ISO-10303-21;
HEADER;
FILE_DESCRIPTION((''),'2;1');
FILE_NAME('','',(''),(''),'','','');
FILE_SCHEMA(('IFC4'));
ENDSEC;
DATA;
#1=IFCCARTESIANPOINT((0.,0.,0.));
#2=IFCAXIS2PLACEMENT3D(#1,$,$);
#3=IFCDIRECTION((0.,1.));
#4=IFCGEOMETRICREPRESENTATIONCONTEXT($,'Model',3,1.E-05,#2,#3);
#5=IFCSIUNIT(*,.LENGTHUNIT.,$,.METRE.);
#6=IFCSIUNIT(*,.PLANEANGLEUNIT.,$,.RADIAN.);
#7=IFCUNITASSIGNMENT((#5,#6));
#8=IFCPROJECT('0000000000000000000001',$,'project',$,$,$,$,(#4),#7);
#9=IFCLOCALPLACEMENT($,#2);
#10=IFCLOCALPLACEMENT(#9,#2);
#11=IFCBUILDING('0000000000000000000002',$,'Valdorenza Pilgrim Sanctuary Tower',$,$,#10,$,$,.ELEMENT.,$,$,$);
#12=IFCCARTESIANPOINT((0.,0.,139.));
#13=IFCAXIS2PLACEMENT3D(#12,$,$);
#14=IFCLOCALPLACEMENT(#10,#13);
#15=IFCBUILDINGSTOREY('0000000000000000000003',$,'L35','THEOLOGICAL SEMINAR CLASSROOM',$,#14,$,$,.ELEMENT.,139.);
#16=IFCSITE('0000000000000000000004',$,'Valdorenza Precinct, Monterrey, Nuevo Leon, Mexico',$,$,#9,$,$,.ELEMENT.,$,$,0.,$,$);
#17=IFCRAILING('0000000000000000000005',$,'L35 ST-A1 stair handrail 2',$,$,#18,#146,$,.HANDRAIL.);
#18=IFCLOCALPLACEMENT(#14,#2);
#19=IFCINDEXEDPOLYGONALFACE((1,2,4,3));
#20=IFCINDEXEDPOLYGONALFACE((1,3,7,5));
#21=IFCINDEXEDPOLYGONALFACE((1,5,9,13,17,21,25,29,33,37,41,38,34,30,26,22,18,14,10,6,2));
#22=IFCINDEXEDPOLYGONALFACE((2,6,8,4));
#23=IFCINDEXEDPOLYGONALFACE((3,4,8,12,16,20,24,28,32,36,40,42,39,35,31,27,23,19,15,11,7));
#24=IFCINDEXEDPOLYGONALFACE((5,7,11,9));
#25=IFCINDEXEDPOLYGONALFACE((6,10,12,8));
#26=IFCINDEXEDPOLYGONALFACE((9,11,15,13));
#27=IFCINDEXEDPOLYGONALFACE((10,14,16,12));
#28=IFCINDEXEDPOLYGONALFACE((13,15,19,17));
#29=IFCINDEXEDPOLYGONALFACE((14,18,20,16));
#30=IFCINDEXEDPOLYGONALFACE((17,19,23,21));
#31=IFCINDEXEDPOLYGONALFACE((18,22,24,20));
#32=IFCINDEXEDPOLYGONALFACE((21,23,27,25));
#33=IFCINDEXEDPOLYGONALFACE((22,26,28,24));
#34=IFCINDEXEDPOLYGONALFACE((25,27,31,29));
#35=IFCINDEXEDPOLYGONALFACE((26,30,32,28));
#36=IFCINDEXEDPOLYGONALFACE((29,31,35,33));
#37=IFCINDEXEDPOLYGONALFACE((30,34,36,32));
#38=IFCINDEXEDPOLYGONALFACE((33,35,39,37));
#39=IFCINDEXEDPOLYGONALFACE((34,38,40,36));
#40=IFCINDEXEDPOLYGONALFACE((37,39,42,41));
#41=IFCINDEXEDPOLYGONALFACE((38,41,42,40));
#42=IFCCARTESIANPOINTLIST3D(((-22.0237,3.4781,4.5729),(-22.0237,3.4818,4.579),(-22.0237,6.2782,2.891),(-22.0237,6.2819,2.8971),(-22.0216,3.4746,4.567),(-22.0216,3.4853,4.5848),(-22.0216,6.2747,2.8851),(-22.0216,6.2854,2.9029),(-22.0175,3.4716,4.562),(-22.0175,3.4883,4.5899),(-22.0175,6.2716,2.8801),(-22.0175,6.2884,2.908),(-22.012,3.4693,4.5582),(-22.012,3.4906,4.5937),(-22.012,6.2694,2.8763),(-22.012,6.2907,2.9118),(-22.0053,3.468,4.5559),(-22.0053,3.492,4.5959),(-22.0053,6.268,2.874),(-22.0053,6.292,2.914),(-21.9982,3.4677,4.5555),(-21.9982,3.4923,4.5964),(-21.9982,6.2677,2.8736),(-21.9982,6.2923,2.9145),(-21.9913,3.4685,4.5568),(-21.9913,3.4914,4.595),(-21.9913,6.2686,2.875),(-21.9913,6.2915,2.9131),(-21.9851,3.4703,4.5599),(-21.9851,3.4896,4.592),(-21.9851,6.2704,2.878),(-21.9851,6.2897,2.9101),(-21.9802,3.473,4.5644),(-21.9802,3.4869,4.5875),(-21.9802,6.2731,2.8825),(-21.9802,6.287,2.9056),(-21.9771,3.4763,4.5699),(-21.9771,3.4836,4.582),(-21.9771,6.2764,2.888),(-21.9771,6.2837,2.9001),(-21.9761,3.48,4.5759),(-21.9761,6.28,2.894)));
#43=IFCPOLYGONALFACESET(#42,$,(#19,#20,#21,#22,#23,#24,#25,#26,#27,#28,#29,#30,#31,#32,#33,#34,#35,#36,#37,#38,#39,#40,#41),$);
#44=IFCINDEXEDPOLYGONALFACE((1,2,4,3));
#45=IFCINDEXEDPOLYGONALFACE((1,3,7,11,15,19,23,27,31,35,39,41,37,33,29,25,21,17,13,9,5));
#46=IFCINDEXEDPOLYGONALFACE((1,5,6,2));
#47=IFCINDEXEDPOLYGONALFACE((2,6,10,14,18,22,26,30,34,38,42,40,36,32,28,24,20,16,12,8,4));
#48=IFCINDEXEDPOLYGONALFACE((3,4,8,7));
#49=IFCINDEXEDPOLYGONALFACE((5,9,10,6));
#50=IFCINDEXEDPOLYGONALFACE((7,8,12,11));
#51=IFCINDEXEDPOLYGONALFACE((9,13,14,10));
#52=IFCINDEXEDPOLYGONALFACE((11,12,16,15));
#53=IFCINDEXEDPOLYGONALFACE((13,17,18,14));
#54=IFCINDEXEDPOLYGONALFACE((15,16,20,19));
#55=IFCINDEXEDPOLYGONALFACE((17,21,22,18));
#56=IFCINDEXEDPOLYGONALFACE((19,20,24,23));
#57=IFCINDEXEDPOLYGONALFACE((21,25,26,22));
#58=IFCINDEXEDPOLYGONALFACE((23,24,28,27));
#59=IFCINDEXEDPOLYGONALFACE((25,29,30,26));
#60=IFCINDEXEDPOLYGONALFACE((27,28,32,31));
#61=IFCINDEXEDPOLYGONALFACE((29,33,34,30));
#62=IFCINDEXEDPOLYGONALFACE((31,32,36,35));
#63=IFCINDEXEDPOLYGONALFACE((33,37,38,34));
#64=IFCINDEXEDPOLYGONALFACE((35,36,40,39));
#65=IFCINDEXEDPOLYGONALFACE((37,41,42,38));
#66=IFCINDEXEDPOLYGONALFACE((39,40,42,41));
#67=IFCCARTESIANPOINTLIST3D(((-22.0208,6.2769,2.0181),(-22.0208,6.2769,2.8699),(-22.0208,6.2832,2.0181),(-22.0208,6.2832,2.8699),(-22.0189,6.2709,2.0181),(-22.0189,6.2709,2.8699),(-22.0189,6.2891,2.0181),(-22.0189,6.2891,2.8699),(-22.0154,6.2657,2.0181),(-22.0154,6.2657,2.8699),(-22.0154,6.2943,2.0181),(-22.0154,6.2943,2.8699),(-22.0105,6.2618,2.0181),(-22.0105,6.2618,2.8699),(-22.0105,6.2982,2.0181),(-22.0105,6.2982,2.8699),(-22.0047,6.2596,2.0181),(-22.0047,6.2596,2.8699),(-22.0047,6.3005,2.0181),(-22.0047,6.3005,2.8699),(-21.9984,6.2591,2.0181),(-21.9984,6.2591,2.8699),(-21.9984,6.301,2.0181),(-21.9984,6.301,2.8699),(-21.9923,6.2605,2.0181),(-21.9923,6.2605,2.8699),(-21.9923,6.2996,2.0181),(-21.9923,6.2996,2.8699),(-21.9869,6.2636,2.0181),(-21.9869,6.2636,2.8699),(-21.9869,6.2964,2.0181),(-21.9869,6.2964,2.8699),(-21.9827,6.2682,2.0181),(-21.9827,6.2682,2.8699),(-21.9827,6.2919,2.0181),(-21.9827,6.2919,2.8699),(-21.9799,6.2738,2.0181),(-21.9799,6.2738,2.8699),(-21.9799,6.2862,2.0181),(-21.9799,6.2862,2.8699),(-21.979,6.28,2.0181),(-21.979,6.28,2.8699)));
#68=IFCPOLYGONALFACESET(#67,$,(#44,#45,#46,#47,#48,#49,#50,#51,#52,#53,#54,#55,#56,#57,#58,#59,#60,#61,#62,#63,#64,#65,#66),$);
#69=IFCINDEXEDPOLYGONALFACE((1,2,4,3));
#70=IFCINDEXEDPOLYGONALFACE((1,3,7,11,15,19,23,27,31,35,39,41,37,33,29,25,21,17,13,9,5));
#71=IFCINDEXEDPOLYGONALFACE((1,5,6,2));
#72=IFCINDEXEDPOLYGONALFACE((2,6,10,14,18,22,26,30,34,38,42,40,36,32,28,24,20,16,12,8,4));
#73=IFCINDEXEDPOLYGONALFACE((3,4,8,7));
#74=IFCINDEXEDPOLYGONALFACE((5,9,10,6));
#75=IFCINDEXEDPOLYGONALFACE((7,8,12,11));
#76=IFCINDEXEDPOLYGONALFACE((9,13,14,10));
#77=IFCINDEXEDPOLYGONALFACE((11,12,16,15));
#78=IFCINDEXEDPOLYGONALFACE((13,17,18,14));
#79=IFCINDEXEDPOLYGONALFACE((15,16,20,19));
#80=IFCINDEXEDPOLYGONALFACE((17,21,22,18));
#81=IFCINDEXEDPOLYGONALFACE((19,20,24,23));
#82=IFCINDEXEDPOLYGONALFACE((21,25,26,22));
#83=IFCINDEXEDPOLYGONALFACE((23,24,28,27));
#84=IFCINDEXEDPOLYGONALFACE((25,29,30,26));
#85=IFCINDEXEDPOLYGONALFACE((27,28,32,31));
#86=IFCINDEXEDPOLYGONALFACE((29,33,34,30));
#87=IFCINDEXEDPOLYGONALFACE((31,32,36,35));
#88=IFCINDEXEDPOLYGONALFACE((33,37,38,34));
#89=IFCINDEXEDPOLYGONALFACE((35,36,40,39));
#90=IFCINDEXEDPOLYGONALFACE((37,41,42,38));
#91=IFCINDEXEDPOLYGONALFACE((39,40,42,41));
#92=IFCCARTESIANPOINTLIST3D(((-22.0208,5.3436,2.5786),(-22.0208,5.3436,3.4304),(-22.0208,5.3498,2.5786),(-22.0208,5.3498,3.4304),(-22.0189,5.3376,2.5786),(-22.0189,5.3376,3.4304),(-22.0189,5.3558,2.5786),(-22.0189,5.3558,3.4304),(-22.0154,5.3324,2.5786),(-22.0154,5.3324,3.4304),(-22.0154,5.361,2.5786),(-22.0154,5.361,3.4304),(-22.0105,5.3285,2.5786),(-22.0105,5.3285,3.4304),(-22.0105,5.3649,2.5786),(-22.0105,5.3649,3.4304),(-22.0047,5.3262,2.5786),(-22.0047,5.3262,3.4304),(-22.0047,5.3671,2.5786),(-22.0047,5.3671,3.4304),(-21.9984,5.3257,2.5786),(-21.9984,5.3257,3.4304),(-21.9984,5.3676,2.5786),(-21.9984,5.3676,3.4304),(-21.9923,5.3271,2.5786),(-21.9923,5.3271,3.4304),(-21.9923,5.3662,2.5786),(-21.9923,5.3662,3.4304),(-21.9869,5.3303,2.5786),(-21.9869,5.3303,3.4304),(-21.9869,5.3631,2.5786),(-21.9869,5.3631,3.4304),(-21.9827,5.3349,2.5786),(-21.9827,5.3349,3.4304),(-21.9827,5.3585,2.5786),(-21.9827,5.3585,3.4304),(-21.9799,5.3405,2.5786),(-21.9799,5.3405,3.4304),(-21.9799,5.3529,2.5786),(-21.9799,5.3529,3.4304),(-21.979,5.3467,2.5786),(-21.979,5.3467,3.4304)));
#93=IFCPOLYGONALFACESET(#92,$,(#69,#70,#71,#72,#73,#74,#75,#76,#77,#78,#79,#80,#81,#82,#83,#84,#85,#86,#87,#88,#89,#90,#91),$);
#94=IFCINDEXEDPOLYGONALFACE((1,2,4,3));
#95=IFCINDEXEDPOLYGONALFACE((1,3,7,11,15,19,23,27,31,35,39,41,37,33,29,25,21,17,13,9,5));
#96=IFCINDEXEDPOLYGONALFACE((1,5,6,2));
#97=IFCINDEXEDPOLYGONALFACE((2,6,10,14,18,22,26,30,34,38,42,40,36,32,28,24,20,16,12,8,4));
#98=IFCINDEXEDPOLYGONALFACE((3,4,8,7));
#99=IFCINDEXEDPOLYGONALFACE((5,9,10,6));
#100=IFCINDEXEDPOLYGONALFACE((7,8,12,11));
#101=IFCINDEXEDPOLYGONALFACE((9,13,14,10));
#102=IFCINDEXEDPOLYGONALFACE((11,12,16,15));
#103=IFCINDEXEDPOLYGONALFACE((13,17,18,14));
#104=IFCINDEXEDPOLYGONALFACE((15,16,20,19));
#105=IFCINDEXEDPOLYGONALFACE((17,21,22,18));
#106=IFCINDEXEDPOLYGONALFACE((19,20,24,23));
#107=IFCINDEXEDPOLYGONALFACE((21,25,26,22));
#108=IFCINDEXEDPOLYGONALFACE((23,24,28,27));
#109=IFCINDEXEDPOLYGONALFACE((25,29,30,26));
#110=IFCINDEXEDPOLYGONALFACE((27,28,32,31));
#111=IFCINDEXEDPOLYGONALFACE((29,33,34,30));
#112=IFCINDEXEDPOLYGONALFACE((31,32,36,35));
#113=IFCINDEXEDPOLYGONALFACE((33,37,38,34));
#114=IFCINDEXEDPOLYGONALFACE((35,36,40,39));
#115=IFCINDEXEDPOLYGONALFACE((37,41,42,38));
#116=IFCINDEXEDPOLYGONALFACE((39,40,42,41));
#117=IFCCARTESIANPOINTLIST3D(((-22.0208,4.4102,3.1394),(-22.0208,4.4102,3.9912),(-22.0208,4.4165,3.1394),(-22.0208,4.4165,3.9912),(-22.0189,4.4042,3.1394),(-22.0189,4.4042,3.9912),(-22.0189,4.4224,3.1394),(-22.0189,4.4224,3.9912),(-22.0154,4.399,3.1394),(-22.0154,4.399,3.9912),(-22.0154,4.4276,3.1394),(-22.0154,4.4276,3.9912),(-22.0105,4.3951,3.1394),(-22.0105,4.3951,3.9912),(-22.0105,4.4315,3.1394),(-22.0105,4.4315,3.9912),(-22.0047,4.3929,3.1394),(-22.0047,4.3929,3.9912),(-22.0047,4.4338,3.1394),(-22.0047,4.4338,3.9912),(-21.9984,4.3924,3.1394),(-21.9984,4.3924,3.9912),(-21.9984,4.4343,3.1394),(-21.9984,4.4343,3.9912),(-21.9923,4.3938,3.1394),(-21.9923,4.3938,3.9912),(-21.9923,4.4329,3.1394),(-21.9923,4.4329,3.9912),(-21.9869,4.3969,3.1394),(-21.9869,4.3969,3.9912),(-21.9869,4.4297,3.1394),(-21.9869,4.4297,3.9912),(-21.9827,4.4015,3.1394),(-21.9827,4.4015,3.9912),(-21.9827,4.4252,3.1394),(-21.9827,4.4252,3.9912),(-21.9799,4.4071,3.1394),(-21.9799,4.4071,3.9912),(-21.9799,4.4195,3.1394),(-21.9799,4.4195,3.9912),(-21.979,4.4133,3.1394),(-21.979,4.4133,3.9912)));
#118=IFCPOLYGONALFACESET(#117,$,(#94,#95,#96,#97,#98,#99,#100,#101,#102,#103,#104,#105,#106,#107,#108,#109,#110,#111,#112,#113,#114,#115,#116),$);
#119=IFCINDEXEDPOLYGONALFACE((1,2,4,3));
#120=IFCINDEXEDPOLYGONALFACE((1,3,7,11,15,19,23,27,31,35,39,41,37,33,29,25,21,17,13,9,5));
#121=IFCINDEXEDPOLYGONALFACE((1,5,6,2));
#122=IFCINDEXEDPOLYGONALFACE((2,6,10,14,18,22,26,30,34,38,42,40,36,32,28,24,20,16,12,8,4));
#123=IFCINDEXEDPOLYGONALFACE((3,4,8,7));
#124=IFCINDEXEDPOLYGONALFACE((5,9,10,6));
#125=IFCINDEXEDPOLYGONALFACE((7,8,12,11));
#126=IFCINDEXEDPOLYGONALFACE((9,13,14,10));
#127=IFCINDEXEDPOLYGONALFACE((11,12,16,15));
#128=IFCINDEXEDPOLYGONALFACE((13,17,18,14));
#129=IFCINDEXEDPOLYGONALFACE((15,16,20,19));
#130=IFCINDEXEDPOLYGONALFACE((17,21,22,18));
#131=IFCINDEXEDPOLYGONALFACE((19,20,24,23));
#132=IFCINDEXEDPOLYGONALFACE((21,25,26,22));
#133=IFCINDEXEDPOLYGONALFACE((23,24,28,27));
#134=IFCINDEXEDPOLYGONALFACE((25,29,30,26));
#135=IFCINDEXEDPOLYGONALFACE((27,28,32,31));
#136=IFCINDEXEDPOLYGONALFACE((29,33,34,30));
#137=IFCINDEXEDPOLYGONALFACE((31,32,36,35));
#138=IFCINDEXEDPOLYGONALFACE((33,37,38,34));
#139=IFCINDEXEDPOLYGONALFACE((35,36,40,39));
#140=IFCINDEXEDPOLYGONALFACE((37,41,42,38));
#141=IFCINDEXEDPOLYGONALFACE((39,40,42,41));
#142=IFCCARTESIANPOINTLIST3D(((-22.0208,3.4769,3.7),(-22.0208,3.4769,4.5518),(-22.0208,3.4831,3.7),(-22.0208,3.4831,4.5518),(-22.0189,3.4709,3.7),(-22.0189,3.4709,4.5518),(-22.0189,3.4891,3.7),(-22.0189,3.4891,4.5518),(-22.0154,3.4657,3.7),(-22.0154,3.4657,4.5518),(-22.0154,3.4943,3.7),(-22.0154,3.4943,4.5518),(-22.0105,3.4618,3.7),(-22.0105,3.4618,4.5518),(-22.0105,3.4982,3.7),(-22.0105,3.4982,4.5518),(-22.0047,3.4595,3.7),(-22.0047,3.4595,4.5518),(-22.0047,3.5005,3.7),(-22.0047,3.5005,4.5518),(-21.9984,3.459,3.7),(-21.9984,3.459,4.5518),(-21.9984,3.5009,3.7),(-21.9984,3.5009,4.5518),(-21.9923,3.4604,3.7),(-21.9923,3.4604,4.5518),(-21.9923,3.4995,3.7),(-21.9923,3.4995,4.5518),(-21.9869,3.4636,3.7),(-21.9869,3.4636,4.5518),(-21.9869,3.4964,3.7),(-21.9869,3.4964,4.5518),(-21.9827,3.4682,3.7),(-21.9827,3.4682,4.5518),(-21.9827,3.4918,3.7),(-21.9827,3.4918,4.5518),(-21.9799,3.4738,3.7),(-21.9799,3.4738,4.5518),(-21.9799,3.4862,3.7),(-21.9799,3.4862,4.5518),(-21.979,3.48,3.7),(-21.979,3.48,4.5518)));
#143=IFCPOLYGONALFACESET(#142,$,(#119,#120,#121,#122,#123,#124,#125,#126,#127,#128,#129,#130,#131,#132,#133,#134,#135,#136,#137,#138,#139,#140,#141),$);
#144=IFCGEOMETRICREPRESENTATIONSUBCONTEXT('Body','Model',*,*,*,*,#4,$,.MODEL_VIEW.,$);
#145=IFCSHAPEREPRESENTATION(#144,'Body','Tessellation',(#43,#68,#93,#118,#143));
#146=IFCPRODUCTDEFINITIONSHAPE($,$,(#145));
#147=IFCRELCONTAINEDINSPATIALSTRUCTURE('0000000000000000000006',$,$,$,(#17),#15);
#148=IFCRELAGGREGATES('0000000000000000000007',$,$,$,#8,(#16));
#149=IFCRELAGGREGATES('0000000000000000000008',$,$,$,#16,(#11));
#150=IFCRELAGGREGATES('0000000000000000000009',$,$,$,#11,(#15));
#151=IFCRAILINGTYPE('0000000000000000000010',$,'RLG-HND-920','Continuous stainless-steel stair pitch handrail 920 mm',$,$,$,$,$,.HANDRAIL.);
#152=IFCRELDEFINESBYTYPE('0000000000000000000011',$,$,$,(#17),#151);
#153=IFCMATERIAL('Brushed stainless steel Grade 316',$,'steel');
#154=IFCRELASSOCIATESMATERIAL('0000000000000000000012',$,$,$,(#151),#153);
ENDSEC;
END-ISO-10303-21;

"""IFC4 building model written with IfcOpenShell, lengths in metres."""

from ifc_helpers import new_model, si_unit, direction, frame, origin, origin_2d, place, context, subcontext, project, spatial, circle, extrude, material, type_object, element, save


model = new_model("IFC4")

# Units and contexts
model_context = context("Model", 3, precision=1e-05, world=origin(), true_north=direction((0.0, 1.0)))
body_context = subcontext(model_context, "Body", "Model", "MODEL_VIEW")
ifc_project = project(units=[si_unit("LENGTHUNIT", "METRE"), si_unit("PLANEANGLEUNIT", "RADIAN")], contexts=[model_context])

# Site, building, storey
site_placement = place(None, origin())
site = spatial("IfcSite", under=ifc_project, at=site_placement, Name="Valdorenza Precinct, Monterrey, Nuevo Leon, Mexico", CompositionType="ELEMENT", RefElevation=0.0)
building_placement = place(site_placement, origin())
building = spatial("IfcBuilding", under=site, at=building_placement, Name="Valdorenza Pilgrim Sanctuary Tower", CompositionType="ELEMENT")
storey_placement = place(building_placement, frame((0.0, 0.0, 139.0)))
storey = spatial("IfcBuildingStorey", under=building, at=storey_placement, Name="L35", Description="THEOLOGICAL SEMINAR CLASSROOM", CompositionType="ELEMENT", Elevation=139.0)

# Shared definitions
ifc_material_1 = material(Name="Brushed stainless steel Grade 316", Category="steel")

# Railing
railing_type_1 = type_object("IfcRailingType", Name="RLG-HND-920", Description="Continuous stainless-steel stair pitch handrail 920 mm", PredefinedType="HANDRAIL", material=ifc_material_1)
railing_1_placement = place(storey_placement, frame((-22.0, 6.28, 2.0181)))
element("IfcRailing", 1, at=railing_1_placement, inside=storey, type_object=railing_type_1, Name="L35 ST-A1 stair handrail 2", PredefinedType="HANDRAIL", context=body_context, shape_type="SweptSolid", body=[
    extrude(circle(Radius=0.0239, at=origin_2d()), frame((0.0, 0.0, 0.876), z_axis=(0.0, -0.857242, 0.514913), x_axis=(1.0, 0.0, 0.0)), (0.0, 0.0, 1.0), 3.2664),
    extrude(circle(Radius=0.021, at=origin_2d()), origin(), (0.0, 0.0, 1.0), 0.8518),
    extrude(circle(Radius=0.021, at=origin_2d()), frame((0.0, -0.9333, 0.5605)), (0.0, 0.0, 1.0), 0.8518),
    extrude(circle(Radius=0.021, at=origin_2d()), frame((0.0, -1.8667, 1.1213)), (0.0, 0.0, 1.0), 0.8518),
    extrude(circle(Radius=0.021, at=origin_2d()), frame((0.0, -2.8, 1.6819)), (0.0, 0.0, 1.0), 0.8518),
])

save(model, "model.ifc")
